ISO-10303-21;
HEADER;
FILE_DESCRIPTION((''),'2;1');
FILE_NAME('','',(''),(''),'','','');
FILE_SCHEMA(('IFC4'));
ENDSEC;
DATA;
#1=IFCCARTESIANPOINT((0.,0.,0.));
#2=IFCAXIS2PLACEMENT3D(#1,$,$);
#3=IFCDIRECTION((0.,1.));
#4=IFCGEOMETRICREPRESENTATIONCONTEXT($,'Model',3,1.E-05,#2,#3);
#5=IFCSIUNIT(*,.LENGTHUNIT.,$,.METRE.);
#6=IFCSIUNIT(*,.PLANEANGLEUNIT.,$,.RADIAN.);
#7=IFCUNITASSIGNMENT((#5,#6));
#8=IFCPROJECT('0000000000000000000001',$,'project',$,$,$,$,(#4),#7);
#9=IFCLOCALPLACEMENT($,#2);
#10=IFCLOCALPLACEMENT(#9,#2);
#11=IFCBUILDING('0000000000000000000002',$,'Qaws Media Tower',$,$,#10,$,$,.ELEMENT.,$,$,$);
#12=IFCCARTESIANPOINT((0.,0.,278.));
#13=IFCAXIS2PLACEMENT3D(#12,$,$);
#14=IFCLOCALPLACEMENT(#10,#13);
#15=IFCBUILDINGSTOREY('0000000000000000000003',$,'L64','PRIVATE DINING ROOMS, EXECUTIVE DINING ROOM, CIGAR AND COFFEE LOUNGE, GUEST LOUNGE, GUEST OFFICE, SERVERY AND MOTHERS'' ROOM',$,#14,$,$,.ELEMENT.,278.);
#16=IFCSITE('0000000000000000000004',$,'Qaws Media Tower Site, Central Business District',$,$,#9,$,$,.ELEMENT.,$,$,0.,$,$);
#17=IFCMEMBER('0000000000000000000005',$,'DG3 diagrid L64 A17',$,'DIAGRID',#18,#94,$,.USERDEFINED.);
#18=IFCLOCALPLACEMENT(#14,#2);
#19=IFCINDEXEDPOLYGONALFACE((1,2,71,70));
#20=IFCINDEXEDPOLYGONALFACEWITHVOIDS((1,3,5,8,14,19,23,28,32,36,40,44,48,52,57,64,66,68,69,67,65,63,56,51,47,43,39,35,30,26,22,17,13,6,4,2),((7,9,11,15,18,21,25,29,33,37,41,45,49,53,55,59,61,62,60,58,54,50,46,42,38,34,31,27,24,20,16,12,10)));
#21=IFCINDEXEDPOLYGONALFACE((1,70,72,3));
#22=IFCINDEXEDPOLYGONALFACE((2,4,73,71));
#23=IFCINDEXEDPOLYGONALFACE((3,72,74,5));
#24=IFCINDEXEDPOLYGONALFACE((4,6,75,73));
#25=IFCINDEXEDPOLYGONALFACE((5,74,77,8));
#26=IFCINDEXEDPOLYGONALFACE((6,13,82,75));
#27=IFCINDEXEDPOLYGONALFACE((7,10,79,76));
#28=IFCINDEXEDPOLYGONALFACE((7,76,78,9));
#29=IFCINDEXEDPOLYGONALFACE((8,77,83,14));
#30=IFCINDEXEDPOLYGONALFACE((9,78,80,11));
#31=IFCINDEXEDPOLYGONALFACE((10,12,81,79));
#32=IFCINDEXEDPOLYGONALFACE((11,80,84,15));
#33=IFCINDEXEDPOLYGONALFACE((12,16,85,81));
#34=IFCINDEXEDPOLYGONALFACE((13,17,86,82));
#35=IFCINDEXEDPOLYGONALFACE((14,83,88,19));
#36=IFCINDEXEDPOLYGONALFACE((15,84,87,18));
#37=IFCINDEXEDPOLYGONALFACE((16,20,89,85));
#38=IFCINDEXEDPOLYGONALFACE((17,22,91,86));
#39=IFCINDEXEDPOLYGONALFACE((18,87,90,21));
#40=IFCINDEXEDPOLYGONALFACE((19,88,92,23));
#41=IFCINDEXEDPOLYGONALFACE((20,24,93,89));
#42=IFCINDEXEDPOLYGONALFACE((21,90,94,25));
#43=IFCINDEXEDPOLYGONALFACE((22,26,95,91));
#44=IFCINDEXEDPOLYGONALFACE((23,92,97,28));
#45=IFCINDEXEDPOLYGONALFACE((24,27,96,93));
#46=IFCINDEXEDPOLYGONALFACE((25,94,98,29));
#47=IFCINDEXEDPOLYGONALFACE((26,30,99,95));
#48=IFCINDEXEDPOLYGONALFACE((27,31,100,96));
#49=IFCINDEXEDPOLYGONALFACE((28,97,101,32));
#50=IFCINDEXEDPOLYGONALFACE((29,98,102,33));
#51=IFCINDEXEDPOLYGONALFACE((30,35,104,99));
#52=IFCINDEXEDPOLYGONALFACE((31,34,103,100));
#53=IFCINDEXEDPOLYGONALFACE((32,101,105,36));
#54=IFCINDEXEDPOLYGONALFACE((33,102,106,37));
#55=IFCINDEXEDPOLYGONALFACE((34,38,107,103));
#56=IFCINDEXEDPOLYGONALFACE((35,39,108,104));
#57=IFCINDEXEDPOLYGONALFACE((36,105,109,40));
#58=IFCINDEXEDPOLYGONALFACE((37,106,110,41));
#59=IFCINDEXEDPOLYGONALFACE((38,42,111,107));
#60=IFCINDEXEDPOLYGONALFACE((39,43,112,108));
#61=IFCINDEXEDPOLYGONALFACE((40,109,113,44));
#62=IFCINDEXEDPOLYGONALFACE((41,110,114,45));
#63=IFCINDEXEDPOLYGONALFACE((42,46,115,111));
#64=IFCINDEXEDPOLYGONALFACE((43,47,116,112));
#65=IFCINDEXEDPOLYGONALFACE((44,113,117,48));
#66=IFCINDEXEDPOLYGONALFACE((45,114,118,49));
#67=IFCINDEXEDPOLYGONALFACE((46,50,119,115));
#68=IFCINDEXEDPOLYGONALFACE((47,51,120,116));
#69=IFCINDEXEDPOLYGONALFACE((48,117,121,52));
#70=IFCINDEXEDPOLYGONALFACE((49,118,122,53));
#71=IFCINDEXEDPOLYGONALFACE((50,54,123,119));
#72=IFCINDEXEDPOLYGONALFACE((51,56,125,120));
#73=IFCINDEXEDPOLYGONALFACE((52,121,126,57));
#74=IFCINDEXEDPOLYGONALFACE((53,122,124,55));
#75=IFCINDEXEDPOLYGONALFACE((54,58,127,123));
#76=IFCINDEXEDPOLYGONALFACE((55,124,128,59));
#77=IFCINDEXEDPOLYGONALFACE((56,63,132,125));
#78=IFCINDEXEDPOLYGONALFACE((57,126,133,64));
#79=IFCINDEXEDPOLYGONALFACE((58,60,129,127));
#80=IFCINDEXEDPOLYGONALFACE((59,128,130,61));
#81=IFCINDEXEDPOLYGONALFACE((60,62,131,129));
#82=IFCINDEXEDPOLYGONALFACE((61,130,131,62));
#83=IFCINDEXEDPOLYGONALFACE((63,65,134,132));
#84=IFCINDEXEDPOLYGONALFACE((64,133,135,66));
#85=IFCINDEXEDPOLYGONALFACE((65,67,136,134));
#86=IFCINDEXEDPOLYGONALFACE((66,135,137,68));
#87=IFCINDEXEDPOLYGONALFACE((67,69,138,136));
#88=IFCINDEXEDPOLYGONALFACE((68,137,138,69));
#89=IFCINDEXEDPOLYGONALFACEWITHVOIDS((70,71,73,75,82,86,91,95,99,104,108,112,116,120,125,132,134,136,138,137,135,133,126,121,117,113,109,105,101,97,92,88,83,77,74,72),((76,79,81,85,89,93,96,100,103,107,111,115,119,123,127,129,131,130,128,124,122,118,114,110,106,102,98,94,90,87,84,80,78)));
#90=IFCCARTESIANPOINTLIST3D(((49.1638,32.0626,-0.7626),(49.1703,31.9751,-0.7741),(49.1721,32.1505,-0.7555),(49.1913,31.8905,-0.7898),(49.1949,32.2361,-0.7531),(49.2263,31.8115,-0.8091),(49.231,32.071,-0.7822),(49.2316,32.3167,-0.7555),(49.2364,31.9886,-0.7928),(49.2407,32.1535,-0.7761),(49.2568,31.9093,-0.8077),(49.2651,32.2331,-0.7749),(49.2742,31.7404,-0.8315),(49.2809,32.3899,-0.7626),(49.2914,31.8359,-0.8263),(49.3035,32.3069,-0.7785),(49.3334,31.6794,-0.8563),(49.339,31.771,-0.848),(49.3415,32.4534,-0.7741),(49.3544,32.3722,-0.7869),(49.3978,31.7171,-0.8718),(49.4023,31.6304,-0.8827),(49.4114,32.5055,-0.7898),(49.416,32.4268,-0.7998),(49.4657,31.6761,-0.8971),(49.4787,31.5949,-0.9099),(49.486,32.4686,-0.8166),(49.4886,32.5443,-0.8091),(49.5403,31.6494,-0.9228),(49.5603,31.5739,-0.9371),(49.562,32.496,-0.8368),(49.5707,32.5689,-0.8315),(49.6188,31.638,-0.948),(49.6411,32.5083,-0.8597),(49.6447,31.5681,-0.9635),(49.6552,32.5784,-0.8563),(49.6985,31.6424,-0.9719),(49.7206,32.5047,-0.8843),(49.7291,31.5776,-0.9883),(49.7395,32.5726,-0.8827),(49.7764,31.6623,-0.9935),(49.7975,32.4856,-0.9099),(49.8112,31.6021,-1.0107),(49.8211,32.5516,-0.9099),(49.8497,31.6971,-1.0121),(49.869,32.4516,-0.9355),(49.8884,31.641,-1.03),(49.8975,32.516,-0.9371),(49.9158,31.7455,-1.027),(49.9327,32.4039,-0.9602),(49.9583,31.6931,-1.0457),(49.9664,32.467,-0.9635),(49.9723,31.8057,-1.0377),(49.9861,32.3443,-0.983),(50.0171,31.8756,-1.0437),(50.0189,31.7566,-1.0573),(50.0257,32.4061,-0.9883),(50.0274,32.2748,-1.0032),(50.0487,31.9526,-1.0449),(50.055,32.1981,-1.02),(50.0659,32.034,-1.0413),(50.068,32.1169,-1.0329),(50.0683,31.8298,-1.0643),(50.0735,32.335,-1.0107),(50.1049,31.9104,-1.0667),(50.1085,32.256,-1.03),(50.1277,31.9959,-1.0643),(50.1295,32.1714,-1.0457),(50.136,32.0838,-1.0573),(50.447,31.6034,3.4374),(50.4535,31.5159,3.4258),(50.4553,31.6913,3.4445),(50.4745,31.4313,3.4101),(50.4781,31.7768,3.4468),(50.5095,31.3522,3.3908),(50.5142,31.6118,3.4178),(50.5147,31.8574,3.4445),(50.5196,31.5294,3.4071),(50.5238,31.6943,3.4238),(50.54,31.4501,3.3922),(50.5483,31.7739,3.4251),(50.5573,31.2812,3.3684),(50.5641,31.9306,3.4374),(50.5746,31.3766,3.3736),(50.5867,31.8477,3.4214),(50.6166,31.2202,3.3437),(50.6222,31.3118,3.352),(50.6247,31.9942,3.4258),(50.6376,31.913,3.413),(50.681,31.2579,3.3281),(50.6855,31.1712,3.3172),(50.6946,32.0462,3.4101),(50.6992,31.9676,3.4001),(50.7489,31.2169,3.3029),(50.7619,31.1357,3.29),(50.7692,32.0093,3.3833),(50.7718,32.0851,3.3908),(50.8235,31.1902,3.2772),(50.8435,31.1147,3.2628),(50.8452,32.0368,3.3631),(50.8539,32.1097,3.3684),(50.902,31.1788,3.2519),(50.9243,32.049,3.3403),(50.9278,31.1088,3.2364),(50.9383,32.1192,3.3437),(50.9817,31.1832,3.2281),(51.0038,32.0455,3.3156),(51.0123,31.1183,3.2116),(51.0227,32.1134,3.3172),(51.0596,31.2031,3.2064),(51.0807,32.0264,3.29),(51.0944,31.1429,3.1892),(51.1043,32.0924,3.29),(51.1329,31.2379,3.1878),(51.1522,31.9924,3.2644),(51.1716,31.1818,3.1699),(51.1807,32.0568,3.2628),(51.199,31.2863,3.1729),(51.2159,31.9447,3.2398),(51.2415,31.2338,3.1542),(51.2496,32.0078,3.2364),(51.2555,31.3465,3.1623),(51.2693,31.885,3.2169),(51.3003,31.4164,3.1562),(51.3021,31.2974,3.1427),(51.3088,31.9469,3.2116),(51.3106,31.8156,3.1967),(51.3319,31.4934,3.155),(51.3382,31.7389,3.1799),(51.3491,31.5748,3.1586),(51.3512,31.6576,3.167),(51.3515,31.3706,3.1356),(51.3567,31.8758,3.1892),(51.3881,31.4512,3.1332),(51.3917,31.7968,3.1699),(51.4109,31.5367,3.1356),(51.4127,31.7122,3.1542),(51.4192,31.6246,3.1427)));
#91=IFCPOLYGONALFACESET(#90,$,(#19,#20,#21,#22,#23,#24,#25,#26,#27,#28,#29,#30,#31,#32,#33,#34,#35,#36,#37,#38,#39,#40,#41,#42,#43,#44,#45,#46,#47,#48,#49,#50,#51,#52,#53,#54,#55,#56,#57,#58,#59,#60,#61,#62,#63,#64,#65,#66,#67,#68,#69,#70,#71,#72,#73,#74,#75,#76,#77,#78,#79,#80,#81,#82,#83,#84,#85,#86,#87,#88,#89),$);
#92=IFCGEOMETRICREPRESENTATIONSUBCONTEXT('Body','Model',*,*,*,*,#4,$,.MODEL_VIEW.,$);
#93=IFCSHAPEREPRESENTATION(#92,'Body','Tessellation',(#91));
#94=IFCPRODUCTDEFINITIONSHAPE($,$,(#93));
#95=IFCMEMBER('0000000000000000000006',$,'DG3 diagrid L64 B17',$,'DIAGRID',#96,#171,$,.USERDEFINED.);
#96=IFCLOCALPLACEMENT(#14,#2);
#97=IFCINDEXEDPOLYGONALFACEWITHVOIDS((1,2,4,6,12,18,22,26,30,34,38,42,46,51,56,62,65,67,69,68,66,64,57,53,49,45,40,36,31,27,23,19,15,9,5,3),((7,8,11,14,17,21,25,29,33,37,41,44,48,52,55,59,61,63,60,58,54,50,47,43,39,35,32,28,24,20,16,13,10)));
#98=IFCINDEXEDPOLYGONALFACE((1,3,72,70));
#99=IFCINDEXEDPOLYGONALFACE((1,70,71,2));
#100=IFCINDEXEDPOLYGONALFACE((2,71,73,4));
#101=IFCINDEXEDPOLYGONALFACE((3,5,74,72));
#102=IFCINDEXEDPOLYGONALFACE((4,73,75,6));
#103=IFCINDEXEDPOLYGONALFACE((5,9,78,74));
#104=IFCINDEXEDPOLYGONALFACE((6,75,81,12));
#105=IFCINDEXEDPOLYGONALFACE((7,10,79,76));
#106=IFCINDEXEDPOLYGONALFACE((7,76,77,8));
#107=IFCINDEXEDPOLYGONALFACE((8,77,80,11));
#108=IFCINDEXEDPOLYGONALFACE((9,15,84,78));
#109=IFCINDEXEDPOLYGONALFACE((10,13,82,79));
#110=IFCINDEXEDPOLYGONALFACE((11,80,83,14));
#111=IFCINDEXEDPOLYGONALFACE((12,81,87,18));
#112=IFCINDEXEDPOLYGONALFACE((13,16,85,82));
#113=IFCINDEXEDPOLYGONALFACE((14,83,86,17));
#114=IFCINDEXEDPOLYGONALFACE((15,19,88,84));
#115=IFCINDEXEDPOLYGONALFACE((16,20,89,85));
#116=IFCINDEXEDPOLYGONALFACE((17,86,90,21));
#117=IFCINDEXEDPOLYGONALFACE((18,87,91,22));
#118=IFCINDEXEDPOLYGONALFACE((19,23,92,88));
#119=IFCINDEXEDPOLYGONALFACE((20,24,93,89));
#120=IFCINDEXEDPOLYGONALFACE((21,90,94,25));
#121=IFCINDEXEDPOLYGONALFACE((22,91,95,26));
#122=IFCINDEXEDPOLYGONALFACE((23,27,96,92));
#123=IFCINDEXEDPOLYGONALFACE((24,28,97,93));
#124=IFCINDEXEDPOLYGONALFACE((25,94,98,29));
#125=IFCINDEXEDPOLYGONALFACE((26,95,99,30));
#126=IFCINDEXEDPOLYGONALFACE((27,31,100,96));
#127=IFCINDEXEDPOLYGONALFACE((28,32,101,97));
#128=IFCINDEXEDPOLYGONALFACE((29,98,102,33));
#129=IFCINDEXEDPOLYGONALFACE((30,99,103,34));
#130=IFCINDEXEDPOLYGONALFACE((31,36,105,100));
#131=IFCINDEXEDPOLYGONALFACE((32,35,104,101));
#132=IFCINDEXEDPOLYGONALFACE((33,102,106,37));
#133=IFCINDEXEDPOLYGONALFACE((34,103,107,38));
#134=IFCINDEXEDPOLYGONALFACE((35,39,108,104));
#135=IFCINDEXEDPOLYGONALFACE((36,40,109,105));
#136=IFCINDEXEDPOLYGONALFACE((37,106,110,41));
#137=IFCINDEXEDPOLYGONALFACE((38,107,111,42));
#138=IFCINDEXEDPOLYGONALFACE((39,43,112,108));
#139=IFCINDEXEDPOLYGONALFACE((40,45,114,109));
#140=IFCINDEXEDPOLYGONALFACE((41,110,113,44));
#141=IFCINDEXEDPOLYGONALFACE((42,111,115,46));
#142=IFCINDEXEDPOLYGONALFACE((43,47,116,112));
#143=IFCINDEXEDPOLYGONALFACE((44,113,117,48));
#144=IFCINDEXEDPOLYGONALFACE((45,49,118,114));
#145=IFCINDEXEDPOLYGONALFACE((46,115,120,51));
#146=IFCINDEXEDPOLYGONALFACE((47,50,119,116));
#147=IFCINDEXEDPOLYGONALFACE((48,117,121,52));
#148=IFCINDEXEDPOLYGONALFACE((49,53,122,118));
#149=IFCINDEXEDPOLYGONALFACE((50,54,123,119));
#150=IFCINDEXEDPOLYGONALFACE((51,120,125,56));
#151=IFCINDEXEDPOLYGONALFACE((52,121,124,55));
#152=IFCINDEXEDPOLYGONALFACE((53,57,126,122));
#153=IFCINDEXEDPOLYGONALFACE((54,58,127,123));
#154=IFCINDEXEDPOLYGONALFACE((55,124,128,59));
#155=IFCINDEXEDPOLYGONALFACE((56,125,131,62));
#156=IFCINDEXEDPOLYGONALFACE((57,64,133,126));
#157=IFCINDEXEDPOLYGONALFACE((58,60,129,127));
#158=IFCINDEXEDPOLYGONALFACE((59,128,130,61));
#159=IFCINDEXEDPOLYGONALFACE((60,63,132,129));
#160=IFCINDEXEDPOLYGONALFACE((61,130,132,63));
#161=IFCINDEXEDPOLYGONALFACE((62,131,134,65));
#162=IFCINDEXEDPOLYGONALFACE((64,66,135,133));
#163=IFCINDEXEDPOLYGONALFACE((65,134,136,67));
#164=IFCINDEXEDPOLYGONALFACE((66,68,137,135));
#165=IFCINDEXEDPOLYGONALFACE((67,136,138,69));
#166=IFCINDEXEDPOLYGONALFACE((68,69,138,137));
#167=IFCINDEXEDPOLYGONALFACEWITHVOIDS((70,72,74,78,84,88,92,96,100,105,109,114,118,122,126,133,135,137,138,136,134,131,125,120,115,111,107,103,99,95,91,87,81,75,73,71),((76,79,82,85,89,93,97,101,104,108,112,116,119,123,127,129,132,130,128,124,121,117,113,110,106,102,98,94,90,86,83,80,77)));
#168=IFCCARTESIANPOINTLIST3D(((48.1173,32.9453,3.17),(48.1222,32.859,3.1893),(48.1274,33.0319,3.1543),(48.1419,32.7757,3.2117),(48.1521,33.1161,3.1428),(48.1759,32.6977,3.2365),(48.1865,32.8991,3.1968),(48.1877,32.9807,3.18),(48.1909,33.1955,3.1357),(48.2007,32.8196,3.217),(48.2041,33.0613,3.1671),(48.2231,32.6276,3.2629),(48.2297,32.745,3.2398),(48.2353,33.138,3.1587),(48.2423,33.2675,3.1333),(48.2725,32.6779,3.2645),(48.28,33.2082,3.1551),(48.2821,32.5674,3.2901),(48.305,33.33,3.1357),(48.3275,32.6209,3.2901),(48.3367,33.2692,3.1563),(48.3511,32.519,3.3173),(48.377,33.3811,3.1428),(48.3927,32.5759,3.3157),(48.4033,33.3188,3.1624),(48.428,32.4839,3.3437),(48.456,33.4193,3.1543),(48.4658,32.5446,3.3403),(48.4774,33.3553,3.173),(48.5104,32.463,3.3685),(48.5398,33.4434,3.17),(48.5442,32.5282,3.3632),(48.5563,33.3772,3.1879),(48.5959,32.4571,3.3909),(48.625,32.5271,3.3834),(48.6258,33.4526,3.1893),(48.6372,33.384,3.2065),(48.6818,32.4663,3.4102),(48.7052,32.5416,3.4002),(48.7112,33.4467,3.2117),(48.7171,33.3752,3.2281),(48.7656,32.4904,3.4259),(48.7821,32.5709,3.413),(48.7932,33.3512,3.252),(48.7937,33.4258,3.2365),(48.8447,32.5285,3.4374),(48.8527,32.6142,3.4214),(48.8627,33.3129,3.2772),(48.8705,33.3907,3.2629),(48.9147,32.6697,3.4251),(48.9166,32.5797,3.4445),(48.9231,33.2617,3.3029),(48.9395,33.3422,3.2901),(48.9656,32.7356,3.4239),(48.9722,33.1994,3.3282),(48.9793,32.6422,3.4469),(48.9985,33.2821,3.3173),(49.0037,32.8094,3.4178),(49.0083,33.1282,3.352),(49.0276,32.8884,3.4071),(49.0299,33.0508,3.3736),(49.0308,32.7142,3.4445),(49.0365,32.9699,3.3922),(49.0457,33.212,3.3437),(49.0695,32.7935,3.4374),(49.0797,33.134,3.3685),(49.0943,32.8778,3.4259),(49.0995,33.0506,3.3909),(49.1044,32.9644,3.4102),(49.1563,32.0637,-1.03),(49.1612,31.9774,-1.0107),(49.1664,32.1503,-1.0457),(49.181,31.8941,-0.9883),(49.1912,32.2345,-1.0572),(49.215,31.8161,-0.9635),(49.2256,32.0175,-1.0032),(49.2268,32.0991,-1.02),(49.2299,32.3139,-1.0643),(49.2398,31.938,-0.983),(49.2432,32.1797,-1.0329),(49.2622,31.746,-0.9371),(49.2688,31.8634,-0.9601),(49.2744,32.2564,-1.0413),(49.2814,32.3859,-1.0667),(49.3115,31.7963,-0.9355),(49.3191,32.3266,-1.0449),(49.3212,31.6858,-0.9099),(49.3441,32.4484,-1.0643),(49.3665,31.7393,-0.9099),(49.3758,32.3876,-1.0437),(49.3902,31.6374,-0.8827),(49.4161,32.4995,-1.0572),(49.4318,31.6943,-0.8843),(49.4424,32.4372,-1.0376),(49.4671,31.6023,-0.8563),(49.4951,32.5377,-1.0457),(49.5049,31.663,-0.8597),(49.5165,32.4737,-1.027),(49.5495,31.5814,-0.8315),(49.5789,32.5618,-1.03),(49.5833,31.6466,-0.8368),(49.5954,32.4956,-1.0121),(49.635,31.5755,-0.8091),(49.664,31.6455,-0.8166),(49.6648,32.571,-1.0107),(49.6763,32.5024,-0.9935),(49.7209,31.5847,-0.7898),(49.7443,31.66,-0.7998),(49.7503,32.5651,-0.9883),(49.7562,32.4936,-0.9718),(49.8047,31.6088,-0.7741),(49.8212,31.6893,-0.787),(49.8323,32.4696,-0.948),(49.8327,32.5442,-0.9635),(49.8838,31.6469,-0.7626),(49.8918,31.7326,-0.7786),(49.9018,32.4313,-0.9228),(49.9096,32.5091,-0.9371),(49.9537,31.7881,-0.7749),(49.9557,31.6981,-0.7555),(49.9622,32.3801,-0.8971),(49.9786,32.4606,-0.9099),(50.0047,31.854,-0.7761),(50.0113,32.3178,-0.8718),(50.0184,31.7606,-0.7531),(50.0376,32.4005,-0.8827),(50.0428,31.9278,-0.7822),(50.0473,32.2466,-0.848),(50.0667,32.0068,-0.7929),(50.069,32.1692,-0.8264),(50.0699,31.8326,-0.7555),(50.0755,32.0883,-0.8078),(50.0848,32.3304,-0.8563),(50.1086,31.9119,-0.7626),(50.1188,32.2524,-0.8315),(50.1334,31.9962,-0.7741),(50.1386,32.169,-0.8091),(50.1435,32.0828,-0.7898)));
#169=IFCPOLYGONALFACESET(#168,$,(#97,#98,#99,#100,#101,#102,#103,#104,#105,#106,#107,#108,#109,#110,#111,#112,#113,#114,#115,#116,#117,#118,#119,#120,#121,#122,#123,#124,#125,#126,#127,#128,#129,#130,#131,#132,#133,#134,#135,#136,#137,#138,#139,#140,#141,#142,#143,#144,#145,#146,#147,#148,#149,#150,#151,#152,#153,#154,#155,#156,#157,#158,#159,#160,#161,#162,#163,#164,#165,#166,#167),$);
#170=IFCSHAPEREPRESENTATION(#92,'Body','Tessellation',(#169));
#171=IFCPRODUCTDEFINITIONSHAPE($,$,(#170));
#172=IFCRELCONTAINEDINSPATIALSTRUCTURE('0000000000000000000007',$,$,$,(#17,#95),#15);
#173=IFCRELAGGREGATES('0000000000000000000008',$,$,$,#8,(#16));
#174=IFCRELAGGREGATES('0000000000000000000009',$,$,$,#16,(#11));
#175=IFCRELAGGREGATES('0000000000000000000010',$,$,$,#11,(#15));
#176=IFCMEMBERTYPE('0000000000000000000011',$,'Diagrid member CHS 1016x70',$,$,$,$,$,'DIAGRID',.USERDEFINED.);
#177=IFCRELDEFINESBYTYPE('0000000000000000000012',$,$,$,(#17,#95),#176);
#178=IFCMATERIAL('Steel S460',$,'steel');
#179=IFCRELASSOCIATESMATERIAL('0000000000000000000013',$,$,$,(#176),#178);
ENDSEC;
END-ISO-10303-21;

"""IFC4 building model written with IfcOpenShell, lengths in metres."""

from ifc_helpers import new_model, si_unit, direction, frame, origin, origin_2d, place, context, subcontext, project, spatial, hollow_circle, extrude, material, material_profile, profile_set, type_object, element, save


model = new_model("IFC4")

# Units and contexts
model_context = context("Model", 3, precision=1e-05, world=origin(), true_north=direction((0.0, 1.0)))
body_context = subcontext(model_context, "Body", "Model", "MODEL_VIEW")
ifc_project = project(units=[si_unit("LENGTHUNIT", "METRE"), si_unit("PLANEANGLEUNIT", "RADIAN")], contexts=[model_context])

# Site, building, storey
site_placement = place(None, origin())
site = spatial("IfcSite", under=ifc_project, at=site_placement, Name="Qaws Media Tower Site, Central Business District", CompositionType="ELEMENT", RefElevation=0.0)
building_placement = place(site_placement, origin())
building = spatial("IfcBuilding", under=site, at=building_placement, Name="Qaws Media Tower", CompositionType="ELEMENT")
storey_placement = place(building_placement, frame((0.0, 0.0, 278.0)))
storey = spatial("IfcBuildingStorey", under=building, at=storey_placement, Name="L64", Description="PRIVATE DINING ROOMS, EXECUTIVE DINING ROOM, CIGAR AND COFFEE LOUNGE, GUEST LOUNGE, GUEST OFFICE, SERVERY AND MOTHERS' ROOM", CompositionType="ELEMENT", Elevation=278.0)

# Members
ifc_material_1 = material(Name="Steel S460", Category="steel")
ifc_material_profile_1 = material_profile(ifc_material_1, hollow_circle(Radius=0.5081, WallThickness=0.0701, at=origin_2d()), Name="CHS 1016x70")
ifc_profile_set_1 = profile_set([ifc_material_profile_1], Name="Steel S460")
member_type_1 = type_object("IfcMemberType", Name="Diagrid member CHS 1016x70", ElementType="DIAGRID", PredefinedType="USERDEFINED", material=ifc_profile_set_1)
for number, where, z_axis, x_axis, name in (
    (1, (49.6499, 32.0732, -0.9099), (0.29061, -0.104003, 0.951173), (0.336949, 0.941523, 0.0), "DG3 diagrid L64 A17"),
    (2, (49.6499, 32.0732, -0.9099), (-0.235323, 0.199659, 0.951188), (-0.646962, -0.762523, 0.0), "DG3 diagrid L64 B17"),
):
    element("IfcMember", number, at=place(storey_placement, frame(where, z_axis=z_axis, x_axis=x_axis)), inside=storey, type_object=member_type_1, Name=name, ObjectType="DIAGRID", PredefinedType="USERDEFINED", context=body_context, shape_type="SweptSolid", body=[
        extrude(hollow_circle(Radius=0.5081, WallThickness=0.0701, at=origin_2d()), origin(), (0.0, 0.0, 1.0), 4.4155),
    ])

save(model, "model.ifc")
